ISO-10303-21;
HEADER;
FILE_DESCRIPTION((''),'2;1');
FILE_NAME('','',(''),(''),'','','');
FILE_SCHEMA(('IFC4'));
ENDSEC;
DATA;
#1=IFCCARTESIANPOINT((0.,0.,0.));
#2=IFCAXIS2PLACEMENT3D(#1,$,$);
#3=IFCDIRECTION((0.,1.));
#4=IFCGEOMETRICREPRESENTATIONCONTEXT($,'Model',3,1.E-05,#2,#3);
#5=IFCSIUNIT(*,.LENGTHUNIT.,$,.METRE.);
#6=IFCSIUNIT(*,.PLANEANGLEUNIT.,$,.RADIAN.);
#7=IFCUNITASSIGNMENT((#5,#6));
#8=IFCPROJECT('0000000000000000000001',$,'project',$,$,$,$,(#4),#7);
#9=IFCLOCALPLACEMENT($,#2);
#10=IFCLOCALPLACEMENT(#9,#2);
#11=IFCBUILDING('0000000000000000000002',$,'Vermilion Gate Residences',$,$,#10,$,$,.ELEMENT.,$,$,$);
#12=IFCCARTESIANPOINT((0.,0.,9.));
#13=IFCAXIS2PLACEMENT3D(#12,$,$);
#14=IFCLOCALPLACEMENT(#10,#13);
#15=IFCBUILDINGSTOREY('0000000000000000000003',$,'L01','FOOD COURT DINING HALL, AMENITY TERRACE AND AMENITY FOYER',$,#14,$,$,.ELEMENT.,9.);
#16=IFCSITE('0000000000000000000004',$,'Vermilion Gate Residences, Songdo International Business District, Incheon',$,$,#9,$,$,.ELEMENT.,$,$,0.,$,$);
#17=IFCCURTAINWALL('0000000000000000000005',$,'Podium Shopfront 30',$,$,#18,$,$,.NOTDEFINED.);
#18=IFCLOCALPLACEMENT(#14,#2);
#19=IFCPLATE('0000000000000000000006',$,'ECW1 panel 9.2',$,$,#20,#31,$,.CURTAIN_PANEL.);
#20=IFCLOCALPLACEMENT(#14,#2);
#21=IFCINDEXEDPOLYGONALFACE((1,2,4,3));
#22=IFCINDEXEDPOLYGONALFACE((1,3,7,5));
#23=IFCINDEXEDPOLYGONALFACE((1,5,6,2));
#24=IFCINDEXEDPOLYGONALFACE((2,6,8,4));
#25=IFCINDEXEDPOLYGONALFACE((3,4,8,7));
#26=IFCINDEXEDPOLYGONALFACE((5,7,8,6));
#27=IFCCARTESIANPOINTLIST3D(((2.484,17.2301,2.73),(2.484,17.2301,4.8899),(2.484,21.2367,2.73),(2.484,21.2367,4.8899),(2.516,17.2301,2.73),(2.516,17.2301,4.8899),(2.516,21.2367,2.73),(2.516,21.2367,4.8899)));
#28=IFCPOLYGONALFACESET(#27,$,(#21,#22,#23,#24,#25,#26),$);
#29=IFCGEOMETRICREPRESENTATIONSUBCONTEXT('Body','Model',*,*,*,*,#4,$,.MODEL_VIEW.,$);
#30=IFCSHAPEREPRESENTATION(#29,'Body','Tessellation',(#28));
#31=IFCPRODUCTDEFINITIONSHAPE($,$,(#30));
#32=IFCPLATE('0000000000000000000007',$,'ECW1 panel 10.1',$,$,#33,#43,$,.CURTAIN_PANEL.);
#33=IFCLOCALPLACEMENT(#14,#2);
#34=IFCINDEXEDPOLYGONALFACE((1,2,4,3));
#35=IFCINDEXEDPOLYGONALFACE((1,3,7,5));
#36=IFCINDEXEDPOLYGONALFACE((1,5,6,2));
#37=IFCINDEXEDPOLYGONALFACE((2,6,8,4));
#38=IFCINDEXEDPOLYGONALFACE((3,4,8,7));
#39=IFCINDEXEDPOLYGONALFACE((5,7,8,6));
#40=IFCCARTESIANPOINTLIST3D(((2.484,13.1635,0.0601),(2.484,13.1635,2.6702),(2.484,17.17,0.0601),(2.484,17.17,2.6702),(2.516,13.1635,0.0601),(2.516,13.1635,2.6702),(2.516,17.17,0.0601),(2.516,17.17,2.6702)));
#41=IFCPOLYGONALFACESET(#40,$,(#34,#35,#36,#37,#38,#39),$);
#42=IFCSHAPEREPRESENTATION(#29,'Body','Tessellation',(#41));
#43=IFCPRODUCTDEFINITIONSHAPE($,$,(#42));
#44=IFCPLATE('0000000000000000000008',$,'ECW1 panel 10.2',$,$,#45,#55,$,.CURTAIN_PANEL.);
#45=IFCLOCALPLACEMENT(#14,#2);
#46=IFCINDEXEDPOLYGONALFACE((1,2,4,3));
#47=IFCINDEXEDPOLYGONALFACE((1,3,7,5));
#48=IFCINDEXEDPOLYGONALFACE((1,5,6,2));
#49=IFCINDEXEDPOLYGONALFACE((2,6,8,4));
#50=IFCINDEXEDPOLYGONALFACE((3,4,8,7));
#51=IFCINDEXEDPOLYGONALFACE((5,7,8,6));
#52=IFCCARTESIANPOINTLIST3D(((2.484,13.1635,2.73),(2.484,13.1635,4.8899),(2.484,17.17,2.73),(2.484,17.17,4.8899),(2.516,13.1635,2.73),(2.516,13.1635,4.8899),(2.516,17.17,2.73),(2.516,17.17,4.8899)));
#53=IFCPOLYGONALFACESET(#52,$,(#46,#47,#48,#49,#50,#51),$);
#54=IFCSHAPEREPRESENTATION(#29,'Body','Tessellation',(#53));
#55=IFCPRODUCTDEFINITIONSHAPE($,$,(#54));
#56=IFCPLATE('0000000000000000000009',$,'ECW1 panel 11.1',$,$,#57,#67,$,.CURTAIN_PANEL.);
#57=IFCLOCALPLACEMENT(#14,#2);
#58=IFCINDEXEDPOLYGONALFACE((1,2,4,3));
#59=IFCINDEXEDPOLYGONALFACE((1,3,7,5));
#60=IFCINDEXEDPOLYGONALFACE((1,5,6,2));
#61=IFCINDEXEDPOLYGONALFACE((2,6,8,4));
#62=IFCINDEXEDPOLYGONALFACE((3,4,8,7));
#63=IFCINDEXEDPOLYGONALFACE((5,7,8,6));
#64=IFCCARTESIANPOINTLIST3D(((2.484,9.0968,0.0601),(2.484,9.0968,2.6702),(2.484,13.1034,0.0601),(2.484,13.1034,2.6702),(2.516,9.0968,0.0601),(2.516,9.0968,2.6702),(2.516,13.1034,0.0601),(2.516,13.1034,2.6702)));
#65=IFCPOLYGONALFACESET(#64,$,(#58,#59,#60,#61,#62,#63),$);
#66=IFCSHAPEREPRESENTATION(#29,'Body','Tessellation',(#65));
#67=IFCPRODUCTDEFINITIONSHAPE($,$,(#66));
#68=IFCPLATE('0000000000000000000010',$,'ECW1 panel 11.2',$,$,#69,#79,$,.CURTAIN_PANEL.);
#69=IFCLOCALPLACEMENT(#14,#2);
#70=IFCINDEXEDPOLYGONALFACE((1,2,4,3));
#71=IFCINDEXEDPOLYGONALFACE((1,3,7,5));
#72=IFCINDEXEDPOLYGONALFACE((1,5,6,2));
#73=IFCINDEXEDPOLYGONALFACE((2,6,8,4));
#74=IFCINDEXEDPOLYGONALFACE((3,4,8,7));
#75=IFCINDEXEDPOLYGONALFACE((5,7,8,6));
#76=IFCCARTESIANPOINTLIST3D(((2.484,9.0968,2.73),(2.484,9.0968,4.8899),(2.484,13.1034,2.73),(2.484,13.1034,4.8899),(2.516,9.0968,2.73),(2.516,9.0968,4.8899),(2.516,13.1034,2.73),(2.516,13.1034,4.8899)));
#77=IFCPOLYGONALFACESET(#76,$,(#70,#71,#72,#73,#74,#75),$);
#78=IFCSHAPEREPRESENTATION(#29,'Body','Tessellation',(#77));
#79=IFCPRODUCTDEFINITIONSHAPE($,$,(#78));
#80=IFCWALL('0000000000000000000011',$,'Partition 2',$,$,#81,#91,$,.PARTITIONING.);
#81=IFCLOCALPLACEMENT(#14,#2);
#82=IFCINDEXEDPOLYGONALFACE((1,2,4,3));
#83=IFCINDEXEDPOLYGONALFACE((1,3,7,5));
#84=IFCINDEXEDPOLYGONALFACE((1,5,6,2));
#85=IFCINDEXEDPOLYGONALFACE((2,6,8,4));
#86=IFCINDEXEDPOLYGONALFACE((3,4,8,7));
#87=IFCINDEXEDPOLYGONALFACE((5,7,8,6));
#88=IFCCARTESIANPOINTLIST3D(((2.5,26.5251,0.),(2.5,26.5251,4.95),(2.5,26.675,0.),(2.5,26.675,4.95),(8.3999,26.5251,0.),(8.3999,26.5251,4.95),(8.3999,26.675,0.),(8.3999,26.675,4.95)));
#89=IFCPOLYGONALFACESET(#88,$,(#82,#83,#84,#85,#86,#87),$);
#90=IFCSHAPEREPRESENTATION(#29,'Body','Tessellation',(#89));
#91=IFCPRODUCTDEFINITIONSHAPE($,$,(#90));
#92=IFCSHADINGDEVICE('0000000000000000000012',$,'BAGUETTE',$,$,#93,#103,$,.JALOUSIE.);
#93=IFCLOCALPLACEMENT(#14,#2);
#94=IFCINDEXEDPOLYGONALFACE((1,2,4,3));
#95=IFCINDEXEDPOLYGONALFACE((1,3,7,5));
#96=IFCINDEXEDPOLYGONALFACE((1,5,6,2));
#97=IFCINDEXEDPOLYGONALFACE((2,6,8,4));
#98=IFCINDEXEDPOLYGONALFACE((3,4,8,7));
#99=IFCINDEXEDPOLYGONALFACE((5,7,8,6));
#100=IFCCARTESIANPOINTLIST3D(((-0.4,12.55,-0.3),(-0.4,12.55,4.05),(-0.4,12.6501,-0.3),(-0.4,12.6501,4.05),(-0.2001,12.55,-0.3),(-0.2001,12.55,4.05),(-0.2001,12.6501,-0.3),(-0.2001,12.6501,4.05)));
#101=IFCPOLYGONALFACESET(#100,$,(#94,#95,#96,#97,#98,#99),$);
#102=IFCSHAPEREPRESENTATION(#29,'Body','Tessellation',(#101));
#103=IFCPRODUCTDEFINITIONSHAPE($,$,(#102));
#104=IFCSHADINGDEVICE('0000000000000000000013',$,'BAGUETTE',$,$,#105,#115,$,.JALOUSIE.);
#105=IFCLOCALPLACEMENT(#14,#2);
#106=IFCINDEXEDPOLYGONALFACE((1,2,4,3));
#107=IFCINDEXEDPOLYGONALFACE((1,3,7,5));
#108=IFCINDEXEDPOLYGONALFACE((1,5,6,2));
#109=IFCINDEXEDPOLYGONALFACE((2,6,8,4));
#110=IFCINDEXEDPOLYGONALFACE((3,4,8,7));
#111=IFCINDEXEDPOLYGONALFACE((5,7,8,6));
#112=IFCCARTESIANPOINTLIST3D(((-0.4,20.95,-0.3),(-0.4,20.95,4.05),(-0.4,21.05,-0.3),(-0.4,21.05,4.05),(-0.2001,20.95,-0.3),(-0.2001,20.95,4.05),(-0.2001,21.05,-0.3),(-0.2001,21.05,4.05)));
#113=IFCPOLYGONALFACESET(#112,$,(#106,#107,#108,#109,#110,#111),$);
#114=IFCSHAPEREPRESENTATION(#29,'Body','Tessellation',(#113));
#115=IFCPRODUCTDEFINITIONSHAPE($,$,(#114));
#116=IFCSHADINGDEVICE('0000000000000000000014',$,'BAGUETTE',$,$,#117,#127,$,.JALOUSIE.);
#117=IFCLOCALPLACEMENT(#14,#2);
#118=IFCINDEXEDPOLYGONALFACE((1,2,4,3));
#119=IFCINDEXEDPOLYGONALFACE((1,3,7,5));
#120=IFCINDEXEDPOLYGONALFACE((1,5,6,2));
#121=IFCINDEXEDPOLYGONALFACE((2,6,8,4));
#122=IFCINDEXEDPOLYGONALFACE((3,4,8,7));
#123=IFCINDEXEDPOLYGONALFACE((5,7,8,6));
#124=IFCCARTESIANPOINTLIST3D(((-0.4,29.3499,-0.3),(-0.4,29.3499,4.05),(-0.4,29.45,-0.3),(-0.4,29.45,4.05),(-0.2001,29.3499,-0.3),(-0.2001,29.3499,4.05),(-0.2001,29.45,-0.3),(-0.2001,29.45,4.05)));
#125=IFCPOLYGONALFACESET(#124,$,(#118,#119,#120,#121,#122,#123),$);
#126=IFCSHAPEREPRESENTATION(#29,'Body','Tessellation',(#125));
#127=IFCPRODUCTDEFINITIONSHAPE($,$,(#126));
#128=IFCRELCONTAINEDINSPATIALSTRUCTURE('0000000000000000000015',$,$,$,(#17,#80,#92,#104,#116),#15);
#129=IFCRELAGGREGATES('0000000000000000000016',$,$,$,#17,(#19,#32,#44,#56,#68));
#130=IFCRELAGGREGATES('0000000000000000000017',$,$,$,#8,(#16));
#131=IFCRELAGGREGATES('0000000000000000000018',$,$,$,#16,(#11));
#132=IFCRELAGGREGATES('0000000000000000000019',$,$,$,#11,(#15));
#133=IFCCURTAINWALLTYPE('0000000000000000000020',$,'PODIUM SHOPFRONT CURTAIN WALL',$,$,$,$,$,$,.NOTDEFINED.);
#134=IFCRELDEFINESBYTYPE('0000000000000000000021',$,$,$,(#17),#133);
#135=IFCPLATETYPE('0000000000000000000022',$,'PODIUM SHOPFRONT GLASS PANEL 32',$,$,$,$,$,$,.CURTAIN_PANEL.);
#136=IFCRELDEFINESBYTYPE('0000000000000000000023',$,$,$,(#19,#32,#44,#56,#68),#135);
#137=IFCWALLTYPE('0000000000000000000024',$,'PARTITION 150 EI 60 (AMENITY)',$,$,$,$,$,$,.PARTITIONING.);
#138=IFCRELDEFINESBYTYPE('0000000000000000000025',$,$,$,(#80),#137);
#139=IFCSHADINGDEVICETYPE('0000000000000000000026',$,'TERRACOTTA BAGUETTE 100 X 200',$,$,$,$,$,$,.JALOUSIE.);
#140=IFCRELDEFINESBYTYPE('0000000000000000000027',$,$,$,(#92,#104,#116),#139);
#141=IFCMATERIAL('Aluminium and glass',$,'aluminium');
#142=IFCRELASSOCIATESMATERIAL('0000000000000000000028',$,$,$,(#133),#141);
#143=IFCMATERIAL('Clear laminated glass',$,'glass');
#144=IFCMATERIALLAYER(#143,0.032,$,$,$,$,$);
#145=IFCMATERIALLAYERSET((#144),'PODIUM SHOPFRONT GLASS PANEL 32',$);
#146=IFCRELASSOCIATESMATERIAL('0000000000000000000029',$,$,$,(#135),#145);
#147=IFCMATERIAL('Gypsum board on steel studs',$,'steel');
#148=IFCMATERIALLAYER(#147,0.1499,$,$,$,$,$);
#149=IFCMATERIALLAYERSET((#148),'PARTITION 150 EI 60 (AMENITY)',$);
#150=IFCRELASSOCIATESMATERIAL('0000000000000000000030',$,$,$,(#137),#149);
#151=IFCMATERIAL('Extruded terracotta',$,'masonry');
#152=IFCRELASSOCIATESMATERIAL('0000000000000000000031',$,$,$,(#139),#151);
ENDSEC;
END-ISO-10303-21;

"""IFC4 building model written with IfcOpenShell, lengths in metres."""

from ifc_helpers import new_model, si_unit, direction, frame, frame_2d, origin, origin_2d, place, context, subcontext, project, spatial, rectangle, extrude, material, layer, layer_set, material_profile, profile_set, type_object, element, aggregate, save


model = new_model("IFC4")

# Units and contexts
model_context = context("Model", 3, precision=1e-05, world=origin(), true_north=direction((0.0, 1.0)))
body_context = subcontext(model_context, "Body", "Model", "MODEL_VIEW")
ifc_project = project(units=[si_unit("LENGTHUNIT", "METRE"), si_unit("PLANEANGLEUNIT", "RADIAN")], contexts=[model_context])

# Site, building, storey
site_placement = place(None, origin())
site = spatial("IfcSite", under=ifc_project, at=site_placement, Name="Vermilion Gate Residences, Songdo International Business District, Incheon", CompositionType="ELEMENT", RefElevation=0.0)
building_placement = place(site_placement, origin())
building = spatial("IfcBuilding", under=site, at=building_placement, Name="Vermilion Gate Residences", CompositionType="ELEMENT")
storey_placement = place(building_placement, frame((0.0, 0.0, 9.0)))
storey = spatial("IfcBuildingStorey", under=building, at=storey_placement, Name="L01", Description="FOOD COURT DINING HALL, AMENITY TERRACE AND AMENITY FOYER", CompositionType="ELEMENT", Elevation=9.0)

# Curtain wall
ifc_material_1 = material(Name="Aluminium and glass", Category="aluminium")
curtain_wall_type = type_object("IfcCurtainWallType", Name="PODIUM SHOPFRONT CURTAIN WALL", PredefinedType="NOTDEFINED", material=ifc_material_1)
curtain_wall_placement = place(storey_placement, origin())
curtain_wall = element("IfcCurtainWall", 1, at=curtain_wall_placement, inside=storey, type_object=curtain_wall_type, Name="Podium Shopfront 30", PredefinedType="NOTDEFINED")

# Plates
ifc_material_2 = material(Name="Clear laminated glass", Category="glass")
ifc_layer_1 = layer(ifc_material_2, 0.032)
ifc_layer_set_1 = layer_set([ifc_layer_1], Name="PODIUM SHOPFRONT GLASS PANEL 32")
plate_type = type_object("IfcPlateType", Name="PODIUM SHOPFRONT GLASS PANEL 32", PredefinedType="CURTAIN_PANEL", material=ifc_layer_set_1)
plate_1_placement = place(storey_placement, frame((2.5, 19.2334, 2.73), z_axis=(0.0, 0.0, 1.0), x_axis=(0.0, -1.0, 0.0)))
plate_1 = element("IfcPlate", 2, at=plate_1_placement, type_object=plate_type, Name="ECW1 panel 9.2", PredefinedType="CURTAIN_PANEL", context=body_context, shape_type="SweptSolid", body=[
    extrude(rectangle(XDim=4.0066, YDim=0.032, at=origin_2d()), origin(), (0.0, 0.0, 1.0), 2.1599),
])
plate_2_placement = place(storey_placement, frame((2.5, 15.1667, 0.0601), z_axis=(0.0, 0.0, 1.0), x_axis=(0.0, -1.0, 0.0)))
plate_2 = element("IfcPlate", 3, at=plate_2_placement, type_object=plate_type, Name="ECW1 panel 10.1", PredefinedType="CURTAIN_PANEL", context=body_context, shape_type="SweptSolid", body=[
    extrude(rectangle(XDim=4.0066, YDim=0.032, at=origin_2d()), origin(), (0.0, 0.0, 1.0), 2.6101),
])
plate_3_placement = place(storey_placement, frame((2.5, 15.1667, 2.73), z_axis=(0.0, 0.0, 1.0), x_axis=(0.0, -1.0, 0.0)))
plate_3 = element("IfcPlate", 4, at=plate_3_placement, type_object=plate_type, Name="ECW1 panel 10.2", PredefinedType="CURTAIN_PANEL", context=body_context, shape_type="SweptSolid", body=[
    extrude(rectangle(XDim=4.0066, YDim=0.032, at=origin_2d()), origin(), (0.0, 0.0, 1.0), 2.1599),
])
plate_4_placement = place(storey_placement, frame((2.5, 11.1001, 0.0601), z_axis=(0.0, 0.0, 1.0), x_axis=(0.0, -1.0, 0.0)))
plate_4 = element("IfcPlate", 5, at=plate_4_placement, type_object=plate_type, Name="ECW1 panel 11.1", PredefinedType="CURTAIN_PANEL", context=body_context, shape_type="SweptSolid", body=[
    extrude(rectangle(XDim=4.0066, YDim=0.032, at=origin_2d()), origin(), (0.0, 0.0, 1.0), 2.6101),
])
plate_5_placement = place(storey_placement, frame((2.5, 11.1001, 2.73), z_axis=(0.0, 0.0, 1.0), x_axis=(0.0, -1.0, 0.0)))
plate_5 = element("IfcPlate", 6, at=plate_5_placement, type_object=plate_type, Name="ECW1 panel 11.2", PredefinedType="CURTAIN_PANEL", context=body_context, shape_type="SweptSolid", body=[
    extrude(rectangle(XDim=4.0066, YDim=0.032, at=origin_2d()), origin(), (0.0, 0.0, 1.0), 2.1599),
])
aggregate(curtain_wall, [plate_1, plate_2, plate_3, plate_4, plate_5])

# Wall
ifc_material_3 = material(Name="Gypsum board on steel studs", Category="steel")
ifc_layer_2 = layer(ifc_material_3, 0.1499)
ifc_layer_set_2 = layer_set([ifc_layer_2], Name="PARTITION 150 EI 60 (AMENITY)")
wall_type = type_object("IfcWallType", Name="PARTITION 150 EI 60 (AMENITY)", PredefinedType="PARTITIONING", material=ifc_layer_set_2)
wall_placement = place(storey_placement, frame((2.5, 26.6001, 0.0), z_axis=(0.0, 0.0, 1.0), x_axis=(1.0, 0.0, 0.0)))
element("IfcWall", 7, at=wall_placement, inside=storey, type_object=wall_type, Name="Partition 2", PredefinedType="PARTITIONING", context=body_context, shape_type="SweptSolid", body=[
    extrude(rectangle(XDim=5.8999, YDim=0.1499, at=frame_2d((2.95, 0.0))), origin(), (0.0, 0.0, 1.0), 4.95),
])

# Shading devices
ifc_material_4 = material(Name="Extruded terracotta", Category="masonry")
ifc_material_profile_1 = material_profile(ifc_material_4, rectangle(XDim=0.2, YDim=0.1001, at=origin_2d()), Name="BAGUETTE 100 X 200")
ifc_profile_set_1 = profile_set([ifc_material_profile_1], Name="Extruded terracotta")
shading_device_type = type_object("IfcShadingDeviceType", Name="TERRACOTTA BAGUETTE 100 X 200", PredefinedType="JALOUSIE", material=ifc_profile_set_1)
for number, where, z_axis, x_axis, name in (
    (8, (-0.3, 12.6001, -0.3), (0.0, 0.0, 1.0), (1.0, 0.0, 0.0), "BAGUETTE"),
    (9, (-0.3, 21.0, -0.3), (0.0, 0.0, 1.0), (1.0, 0.0, 0.0), "BAGUETTE"),
    (10, (-0.3, 29.3999, -0.3), (0.0, 0.0, 1.0), (1.0, 0.0, 0.0), "BAGUETTE"),
):
    element("IfcShadingDevice", number, at=place(storey_placement, frame(where, z_axis=z_axis, x_axis=x_axis)), inside=storey, type_object=shading_device_type, Name=name, PredefinedType="JALOUSIE", context=body_context, shape_type="SweptSolid", body=[
        extrude(rectangle(XDim=0.2, YDim=0.1001, at=origin_2d()), origin(), (0.0, 0.0, 1.0), 4.3501),
    ])

save(model, "model.ifc")
